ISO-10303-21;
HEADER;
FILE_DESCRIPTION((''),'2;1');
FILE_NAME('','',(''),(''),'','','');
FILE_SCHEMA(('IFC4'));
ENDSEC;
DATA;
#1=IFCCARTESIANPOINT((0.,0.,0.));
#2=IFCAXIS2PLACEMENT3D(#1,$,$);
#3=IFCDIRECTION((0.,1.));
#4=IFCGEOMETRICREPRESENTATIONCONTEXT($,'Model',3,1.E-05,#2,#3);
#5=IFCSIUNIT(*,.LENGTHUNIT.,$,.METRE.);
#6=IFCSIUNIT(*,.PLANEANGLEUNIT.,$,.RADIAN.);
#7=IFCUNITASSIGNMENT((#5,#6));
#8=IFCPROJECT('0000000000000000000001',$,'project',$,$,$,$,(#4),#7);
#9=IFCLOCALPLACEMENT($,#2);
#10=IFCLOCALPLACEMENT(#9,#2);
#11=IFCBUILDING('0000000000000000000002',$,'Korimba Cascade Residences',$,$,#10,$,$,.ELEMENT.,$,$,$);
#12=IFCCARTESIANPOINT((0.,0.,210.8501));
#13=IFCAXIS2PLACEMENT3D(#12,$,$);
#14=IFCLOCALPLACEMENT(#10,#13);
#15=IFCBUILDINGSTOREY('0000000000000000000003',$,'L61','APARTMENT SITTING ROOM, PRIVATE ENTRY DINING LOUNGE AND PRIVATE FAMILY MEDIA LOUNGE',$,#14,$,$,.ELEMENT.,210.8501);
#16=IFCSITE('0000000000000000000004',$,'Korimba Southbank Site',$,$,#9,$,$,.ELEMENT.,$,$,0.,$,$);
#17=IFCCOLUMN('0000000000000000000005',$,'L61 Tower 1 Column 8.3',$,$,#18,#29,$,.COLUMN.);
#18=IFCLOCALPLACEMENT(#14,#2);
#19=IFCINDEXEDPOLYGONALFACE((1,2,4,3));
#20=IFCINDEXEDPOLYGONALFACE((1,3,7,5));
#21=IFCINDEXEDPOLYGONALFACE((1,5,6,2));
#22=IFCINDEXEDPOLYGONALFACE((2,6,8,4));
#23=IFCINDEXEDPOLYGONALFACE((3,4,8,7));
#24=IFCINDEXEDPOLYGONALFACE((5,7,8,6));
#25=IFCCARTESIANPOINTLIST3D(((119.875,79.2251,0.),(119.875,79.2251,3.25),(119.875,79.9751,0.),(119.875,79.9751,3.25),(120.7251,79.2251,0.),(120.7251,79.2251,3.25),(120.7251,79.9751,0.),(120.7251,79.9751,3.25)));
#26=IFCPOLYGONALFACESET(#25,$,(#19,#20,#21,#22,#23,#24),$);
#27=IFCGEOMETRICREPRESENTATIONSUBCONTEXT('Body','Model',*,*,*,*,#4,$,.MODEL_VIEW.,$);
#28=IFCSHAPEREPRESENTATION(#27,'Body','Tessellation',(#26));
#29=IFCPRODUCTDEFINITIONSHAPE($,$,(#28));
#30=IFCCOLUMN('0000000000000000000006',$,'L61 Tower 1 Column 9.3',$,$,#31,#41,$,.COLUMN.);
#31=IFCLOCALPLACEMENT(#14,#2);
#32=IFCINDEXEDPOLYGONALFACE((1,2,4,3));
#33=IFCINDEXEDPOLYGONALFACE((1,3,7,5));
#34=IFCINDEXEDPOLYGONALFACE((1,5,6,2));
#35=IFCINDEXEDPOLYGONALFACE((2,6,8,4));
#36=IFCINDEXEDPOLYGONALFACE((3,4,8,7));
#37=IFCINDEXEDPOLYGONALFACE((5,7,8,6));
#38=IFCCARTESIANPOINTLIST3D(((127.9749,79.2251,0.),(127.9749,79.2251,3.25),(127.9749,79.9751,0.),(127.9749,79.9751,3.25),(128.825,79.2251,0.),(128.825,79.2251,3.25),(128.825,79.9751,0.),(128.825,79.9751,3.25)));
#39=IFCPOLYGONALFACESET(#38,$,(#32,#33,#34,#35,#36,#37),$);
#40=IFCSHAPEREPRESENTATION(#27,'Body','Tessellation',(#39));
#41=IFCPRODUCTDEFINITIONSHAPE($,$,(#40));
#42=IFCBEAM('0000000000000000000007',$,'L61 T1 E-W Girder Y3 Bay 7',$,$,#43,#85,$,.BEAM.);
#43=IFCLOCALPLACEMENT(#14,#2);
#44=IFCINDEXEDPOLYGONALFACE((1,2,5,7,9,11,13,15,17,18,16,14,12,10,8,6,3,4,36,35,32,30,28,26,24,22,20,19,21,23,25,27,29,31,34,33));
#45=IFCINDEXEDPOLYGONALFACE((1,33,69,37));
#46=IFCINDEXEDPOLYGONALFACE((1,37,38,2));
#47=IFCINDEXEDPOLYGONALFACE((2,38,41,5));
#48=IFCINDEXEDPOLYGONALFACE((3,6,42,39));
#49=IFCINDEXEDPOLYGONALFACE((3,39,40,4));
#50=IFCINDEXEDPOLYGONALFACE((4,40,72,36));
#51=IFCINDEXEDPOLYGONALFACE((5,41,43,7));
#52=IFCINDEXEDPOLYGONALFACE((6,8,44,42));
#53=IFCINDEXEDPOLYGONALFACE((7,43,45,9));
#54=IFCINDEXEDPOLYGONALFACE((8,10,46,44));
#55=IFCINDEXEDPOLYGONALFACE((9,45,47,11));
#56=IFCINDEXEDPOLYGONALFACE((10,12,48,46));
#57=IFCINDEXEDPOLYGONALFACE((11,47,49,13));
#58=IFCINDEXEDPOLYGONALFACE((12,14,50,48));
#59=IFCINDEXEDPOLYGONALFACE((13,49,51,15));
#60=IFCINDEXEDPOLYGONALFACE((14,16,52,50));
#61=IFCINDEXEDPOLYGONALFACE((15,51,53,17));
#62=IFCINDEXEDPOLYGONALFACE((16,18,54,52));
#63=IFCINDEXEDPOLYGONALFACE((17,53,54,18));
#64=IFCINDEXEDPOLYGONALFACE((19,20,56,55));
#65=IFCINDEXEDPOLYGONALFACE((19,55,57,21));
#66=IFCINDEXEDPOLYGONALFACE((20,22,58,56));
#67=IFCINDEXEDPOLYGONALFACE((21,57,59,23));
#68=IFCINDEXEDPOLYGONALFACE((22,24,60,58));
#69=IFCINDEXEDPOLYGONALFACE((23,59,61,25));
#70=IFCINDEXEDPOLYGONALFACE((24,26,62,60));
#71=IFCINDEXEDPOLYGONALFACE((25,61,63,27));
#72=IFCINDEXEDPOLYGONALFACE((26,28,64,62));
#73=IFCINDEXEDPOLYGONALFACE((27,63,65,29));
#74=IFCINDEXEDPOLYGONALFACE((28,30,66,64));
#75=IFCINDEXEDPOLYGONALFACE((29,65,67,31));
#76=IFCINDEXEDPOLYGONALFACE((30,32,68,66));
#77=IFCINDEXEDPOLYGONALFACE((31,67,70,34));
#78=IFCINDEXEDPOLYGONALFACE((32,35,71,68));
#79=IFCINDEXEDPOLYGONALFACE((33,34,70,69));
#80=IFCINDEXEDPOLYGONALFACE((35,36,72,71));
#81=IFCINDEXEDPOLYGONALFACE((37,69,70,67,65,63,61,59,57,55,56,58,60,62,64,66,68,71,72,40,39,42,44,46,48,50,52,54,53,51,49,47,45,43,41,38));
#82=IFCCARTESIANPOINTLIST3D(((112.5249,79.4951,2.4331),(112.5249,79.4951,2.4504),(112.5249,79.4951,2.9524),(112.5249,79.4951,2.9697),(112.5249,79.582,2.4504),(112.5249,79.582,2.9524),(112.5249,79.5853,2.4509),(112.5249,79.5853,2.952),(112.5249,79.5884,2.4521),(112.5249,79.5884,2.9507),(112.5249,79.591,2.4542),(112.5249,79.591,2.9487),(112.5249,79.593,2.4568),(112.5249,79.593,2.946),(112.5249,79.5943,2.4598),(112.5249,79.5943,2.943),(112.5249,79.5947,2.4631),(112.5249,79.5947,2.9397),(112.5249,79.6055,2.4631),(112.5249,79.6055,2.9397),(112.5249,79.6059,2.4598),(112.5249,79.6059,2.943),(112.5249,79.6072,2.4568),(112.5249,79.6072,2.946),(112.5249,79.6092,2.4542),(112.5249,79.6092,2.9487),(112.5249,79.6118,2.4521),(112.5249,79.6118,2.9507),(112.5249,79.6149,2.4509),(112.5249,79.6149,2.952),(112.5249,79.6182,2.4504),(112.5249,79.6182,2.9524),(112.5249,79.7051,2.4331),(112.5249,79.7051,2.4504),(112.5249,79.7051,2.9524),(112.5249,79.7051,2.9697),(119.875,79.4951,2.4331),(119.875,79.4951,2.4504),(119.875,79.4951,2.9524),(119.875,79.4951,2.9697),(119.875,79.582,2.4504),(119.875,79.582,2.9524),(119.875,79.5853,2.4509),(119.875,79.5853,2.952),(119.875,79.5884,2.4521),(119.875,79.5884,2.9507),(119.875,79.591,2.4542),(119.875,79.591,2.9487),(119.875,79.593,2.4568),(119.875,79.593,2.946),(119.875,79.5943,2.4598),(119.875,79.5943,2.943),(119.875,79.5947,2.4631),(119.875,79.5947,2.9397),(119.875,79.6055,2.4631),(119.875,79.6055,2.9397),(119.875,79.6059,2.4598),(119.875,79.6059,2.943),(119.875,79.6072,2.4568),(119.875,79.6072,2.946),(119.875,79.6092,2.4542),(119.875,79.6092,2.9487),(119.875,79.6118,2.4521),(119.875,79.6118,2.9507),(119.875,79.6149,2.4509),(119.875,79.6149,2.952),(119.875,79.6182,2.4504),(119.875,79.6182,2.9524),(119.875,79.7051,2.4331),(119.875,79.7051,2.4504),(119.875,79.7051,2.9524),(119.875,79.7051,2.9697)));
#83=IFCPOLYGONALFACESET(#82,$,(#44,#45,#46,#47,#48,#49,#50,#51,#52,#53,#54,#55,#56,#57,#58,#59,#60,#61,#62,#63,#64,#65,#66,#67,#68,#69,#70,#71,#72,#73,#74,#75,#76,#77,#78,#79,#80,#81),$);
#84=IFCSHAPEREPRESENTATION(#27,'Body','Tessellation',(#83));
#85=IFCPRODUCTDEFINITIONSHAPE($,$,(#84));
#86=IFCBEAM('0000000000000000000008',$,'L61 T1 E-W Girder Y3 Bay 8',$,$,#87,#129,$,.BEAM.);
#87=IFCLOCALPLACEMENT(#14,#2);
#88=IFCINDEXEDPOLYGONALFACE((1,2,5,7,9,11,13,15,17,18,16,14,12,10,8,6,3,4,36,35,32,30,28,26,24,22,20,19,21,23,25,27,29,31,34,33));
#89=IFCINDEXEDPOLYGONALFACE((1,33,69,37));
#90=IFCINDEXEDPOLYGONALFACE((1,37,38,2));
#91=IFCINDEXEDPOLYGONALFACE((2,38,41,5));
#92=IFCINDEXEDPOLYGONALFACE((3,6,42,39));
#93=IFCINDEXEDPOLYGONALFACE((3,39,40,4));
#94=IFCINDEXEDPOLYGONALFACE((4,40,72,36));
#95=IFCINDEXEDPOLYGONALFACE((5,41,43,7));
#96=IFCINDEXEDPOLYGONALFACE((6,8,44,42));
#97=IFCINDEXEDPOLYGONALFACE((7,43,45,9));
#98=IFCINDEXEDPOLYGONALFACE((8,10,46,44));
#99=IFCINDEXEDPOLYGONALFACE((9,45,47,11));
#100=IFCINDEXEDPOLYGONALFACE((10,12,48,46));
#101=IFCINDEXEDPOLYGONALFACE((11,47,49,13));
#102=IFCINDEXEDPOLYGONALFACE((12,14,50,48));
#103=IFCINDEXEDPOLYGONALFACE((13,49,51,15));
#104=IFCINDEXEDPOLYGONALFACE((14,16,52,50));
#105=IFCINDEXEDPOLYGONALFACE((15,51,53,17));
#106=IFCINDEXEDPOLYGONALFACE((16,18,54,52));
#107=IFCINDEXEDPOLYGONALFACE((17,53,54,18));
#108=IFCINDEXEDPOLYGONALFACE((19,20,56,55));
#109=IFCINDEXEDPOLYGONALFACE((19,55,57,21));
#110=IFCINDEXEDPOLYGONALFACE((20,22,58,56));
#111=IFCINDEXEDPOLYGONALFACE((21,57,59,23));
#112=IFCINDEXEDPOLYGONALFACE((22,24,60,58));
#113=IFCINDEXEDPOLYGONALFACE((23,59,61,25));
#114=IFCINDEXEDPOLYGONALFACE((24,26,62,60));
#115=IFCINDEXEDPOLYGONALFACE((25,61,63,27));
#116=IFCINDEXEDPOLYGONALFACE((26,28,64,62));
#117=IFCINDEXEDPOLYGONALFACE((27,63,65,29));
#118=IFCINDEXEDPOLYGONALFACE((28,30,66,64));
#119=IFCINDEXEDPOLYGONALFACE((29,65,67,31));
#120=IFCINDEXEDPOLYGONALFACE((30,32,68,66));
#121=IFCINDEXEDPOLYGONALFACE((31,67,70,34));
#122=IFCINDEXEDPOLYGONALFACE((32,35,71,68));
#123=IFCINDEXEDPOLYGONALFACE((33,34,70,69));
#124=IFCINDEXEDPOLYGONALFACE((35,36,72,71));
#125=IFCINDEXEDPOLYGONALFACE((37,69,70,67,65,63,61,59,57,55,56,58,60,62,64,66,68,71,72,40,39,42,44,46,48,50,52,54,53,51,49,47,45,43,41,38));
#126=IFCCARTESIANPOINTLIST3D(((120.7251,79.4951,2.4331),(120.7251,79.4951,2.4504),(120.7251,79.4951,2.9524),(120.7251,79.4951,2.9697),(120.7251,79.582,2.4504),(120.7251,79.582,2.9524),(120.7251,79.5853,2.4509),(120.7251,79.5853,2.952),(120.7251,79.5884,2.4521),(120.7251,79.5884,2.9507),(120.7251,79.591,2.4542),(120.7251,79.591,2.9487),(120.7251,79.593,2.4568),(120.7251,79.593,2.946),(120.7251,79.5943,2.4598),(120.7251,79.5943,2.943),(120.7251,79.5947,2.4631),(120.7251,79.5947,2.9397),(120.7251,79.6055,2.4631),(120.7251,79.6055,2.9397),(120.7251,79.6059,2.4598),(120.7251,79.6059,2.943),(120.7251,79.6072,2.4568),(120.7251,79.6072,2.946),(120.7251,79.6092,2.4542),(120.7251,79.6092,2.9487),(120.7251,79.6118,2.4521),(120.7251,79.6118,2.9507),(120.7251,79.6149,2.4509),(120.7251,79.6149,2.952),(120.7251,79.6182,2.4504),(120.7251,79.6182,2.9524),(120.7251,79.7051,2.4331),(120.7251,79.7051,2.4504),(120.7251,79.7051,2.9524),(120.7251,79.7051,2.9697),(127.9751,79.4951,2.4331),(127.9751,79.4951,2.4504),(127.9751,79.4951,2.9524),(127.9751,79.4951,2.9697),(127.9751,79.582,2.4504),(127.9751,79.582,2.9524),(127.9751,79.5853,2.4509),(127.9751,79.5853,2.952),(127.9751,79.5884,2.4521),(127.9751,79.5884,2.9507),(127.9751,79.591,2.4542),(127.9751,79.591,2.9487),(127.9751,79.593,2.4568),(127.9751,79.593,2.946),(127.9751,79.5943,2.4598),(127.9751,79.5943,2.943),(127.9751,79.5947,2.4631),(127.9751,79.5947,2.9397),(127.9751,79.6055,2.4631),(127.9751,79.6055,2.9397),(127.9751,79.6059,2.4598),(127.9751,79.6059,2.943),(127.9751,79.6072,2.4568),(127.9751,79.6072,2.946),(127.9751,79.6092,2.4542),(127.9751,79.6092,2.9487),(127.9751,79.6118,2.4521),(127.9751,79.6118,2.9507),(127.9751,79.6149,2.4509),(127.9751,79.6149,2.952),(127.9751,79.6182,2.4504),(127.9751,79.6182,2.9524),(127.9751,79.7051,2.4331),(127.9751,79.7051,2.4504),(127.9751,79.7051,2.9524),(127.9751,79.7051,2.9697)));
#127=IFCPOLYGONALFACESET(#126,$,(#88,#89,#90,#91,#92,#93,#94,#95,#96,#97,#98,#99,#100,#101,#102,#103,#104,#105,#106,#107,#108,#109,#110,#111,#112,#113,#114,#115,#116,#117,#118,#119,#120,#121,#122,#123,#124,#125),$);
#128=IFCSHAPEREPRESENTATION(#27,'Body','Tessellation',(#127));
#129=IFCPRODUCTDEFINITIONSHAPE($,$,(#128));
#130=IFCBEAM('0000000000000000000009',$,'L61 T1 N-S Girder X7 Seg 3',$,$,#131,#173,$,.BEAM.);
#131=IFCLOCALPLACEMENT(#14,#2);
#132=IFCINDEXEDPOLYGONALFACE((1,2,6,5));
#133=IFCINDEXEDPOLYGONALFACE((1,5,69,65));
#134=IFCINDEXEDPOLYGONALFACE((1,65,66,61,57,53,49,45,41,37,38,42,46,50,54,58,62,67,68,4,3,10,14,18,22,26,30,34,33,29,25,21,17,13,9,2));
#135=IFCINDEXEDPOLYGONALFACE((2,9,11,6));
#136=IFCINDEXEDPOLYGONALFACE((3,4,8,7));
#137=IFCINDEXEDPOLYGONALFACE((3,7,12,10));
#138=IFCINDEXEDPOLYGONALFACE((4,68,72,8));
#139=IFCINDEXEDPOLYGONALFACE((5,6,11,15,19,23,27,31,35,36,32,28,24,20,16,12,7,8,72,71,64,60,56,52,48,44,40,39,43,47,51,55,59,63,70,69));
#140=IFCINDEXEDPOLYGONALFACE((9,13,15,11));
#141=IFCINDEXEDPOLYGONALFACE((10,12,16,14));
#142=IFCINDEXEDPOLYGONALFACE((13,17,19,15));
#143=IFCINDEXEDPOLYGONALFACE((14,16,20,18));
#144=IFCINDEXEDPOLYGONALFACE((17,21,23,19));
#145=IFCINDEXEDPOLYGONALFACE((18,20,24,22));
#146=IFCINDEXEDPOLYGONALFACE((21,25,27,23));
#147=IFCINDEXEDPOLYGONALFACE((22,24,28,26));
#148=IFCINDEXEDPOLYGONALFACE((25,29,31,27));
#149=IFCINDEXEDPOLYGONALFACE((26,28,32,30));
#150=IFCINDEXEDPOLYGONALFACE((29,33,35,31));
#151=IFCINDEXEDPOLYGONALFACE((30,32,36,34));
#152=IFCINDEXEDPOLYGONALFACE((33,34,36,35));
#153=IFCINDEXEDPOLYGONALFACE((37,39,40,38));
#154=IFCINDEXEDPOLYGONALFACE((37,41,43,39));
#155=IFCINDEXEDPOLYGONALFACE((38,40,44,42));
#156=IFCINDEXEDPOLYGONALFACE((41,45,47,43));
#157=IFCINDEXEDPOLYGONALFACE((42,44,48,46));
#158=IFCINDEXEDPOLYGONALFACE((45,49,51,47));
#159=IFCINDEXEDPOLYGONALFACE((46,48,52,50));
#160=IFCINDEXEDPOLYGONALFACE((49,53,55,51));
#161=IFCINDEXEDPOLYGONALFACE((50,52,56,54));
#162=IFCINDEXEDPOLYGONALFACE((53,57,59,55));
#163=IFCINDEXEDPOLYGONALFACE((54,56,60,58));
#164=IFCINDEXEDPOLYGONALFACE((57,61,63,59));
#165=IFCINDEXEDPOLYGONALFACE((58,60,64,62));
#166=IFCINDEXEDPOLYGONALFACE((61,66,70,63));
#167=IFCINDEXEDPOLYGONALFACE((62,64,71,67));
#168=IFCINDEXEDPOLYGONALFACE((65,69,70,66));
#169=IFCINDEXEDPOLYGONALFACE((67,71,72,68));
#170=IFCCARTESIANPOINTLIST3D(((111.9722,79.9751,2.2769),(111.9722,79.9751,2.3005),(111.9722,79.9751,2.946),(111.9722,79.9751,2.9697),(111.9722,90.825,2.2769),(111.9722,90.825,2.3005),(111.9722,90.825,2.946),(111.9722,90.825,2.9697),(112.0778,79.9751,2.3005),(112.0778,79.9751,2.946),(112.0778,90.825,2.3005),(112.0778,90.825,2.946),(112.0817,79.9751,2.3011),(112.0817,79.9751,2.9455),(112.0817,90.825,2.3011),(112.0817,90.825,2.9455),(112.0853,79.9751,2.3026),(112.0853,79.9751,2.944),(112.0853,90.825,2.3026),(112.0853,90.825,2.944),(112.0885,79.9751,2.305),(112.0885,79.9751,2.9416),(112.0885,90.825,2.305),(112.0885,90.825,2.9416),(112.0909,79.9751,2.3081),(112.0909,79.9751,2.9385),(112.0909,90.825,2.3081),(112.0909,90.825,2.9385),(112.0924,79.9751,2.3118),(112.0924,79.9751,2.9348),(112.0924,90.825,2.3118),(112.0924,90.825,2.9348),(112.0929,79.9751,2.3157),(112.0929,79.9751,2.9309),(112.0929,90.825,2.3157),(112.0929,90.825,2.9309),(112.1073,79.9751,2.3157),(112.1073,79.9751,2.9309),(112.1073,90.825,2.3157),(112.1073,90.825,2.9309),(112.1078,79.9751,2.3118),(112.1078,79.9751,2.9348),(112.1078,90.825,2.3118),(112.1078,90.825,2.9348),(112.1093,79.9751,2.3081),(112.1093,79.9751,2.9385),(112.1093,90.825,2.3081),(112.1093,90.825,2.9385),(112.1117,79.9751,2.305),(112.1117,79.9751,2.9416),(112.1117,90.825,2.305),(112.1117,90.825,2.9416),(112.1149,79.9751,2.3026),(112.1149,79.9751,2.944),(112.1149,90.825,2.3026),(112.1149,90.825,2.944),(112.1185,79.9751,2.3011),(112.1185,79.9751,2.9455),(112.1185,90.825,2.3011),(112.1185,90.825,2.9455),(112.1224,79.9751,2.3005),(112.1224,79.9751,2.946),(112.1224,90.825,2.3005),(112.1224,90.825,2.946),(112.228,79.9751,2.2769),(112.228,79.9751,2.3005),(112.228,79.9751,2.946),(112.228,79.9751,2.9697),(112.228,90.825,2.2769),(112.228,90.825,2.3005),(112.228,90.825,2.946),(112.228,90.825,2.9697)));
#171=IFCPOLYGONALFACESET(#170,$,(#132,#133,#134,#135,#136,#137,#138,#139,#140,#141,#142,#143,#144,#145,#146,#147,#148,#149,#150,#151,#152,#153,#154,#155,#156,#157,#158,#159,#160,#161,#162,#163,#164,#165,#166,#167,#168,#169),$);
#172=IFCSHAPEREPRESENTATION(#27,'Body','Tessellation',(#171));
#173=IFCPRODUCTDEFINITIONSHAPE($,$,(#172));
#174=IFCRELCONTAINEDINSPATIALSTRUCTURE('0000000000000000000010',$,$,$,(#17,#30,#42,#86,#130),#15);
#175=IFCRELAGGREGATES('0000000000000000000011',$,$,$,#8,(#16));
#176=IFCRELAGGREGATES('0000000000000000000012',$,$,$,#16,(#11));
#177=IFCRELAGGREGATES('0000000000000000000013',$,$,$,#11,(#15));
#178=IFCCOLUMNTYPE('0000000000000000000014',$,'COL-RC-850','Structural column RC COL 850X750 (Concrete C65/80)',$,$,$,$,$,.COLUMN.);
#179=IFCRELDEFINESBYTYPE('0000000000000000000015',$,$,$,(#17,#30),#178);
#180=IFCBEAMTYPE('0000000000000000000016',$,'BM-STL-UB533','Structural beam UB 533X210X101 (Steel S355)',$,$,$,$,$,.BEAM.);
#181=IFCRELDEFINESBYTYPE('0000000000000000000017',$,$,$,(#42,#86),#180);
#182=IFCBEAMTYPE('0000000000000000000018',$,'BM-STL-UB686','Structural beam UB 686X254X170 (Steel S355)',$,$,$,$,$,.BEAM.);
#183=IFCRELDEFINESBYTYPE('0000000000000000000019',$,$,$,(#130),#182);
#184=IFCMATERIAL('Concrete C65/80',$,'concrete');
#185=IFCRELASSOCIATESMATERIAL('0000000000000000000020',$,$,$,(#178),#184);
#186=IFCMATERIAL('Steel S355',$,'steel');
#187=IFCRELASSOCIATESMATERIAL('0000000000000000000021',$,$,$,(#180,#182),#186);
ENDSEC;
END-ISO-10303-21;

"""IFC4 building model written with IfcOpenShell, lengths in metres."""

from ifc_helpers import new_model, si_unit, direction, frame, origin, origin_2d, place, context, subcontext, project, spatial, rectangle, i_section, extrude, material, material_profile, profile_set, type_object, element, save


model = new_model("IFC4")

# Units and contexts
model_context = context("Model", 3, precision=1e-05, world=origin(), true_north=direction((0.0, 1.0)))
body_context = subcontext(model_context, "Body", "Model", "MODEL_VIEW")
ifc_project = project(units=[si_unit("LENGTHUNIT", "METRE"), si_unit("PLANEANGLEUNIT", "RADIAN")], contexts=[model_context])

# Site, building, storey
site_placement = place(None, origin())
site = spatial("IfcSite", under=ifc_project, at=site_placement, Name="Korimba Southbank Site", CompositionType="ELEMENT", RefElevation=0.0)
building_placement = place(site_placement, origin())
building = spatial("IfcBuilding", under=site, at=building_placement, Name="Korimba Cascade Residences", CompositionType="ELEMENT")
storey_placement = place(building_placement, frame((0.0, 0.0, 210.8501)))
storey = spatial("IfcBuildingStorey", under=building, at=storey_placement, Name="L61", Description="APARTMENT SITTING ROOM, PRIVATE ENTRY DINING LOUNGE AND PRIVATE FAMILY MEDIA LOUNGE", CompositionType="ELEMENT", Elevation=210.8501)

# Columns
ifc_material_1 = material(Name="Concrete C65/80", Category="concrete")
ifc_material_profile_1 = material_profile(ifc_material_1, rectangle(XDim=0.8501, YDim=0.75, at=origin_2d()), Name="Concrete C65/80")
ifc_profile_set_1 = profile_set([ifc_material_profile_1], Name="Concrete C65/80")
column_type = type_object("IfcColumnType", Name="COL-RC-850", Description="Structural column RC COL 850X750 (Concrete C65/80)", PredefinedType="COLUMN", material=ifc_profile_set_1)
for number, where, z_axis, x_axis, name in (
    (1, (120.3, 79.6001, 0.0), (0.0, 0.0, 1.0), (1.0, 0.0, 0.0), "L61 Tower 1 Column 8.3"),
    (2, (128.3999, 79.6001, 0.0), (0.0, 0.0, 1.0), (1.0, 0.0, 0.0), "L61 Tower 1 Column 9.3"),
):
    element("IfcColumn", number, at=place(storey_placement, frame(where, z_axis=z_axis, x_axis=x_axis)), inside=storey, type_object=column_type, Name=name, PredefinedType="COLUMN", context=body_context, shape_type="SweptSolid", body=[
        extrude(rectangle(XDim=0.8501, YDim=0.75, at=origin_2d()), origin(), (0.0, 0.0, 1.0), 3.25),
    ])

# Beams
ifc_material_2 = material(Name="Steel S355", Category="steel")
ifc_material_profile_2 = material_profile(ifc_material_2, i_section(OverallWidth=0.21, OverallDepth=0.5366, WebThickness=0.0107, FlangeThickness=0.0173, FilletRadius=0.0127, at=origin_2d()), Name="Steel S355")
ifc_profile_set_2 = profile_set([ifc_material_profile_2], Name="Steel S355")
beam_type_1 = type_object("IfcBeamType", Name="BM-STL-UB533", Description="Structural beam UB 533X210X101 (Steel S355)", PredefinedType="BEAM", material=ifc_profile_set_2)
beam_1_placement = place(storey_placement, frame((112.5249, 79.6001, 2.7014), z_axis=(1.0, 0.0, 0.0), x_axis=(0.0, 1.0, 0.0)))
element("IfcBeam", 3, at=beam_1_placement, inside=storey, type_object=beam_type_1, Name="L61 T1 E-W Girder Y3 Bay 7", PredefinedType="BEAM", context=body_context, shape_type="SweptSolid", body=[
    extrude(i_section(OverallWidth=0.21, OverallDepth=0.5366, WebThickness=0.0107, FlangeThickness=0.0173, FilletRadius=0.0127, at=origin_2d()), origin(), (0.0, 0.0, 1.0), 7.3501),
])
beam_2_placement = place(storey_placement, frame((120.7251, 79.6001, 2.7014), z_axis=(1.0, 0.0, 0.0), x_axis=(0.0, 1.0, 0.0)))
element("IfcBeam", 4, at=beam_2_placement, inside=storey, type_object=beam_type_1, Name="L61 T1 E-W Girder Y3 Bay 8", PredefinedType="BEAM", context=body_context, shape_type="SweptSolid", body=[
    extrude(i_section(OverallWidth=0.21, OverallDepth=0.5366, WebThickness=0.0107, FlangeThickness=0.0173, FilletRadius=0.0127, at=origin_2d()), origin(), (0.0, 0.0, 1.0), 7.25),
])
ifc_material_profile_3 = material_profile(ifc_material_2, i_section(OverallWidth=0.2559, OverallDepth=0.6929, WebThickness=0.0144, FlangeThickness=0.0237, FilletRadius=0.0151, at=origin_2d()), Name="Steel S355")
ifc_profile_set_3 = profile_set([ifc_material_profile_3], Name="Steel S355")
beam_type_2 = type_object("IfcBeamType", Name="BM-STL-UB686", Description="Structural beam UB 686X254X170 (Steel S355)", PredefinedType="BEAM", material=ifc_profile_set_3)
for number, where, z_axis, x_axis, name in (
    (5, (112.1001, 79.9751, 2.6233), (0.0, 1.0, 0.0), (-1.0, 0.0, 0.0), "L61 T1 N-S Girder X7 Seg 3"),
):
    element("IfcBeam", number, at=place(storey_placement, frame(where, z_axis=z_axis, x_axis=x_axis)), inside=storey, type_object=beam_type_2, Name=name, PredefinedType="BEAM", context=body_context, shape_type="SweptSolid", body=[
        extrude(i_section(OverallWidth=0.2559, OverallDepth=0.6929, WebThickness=0.0144, FlangeThickness=0.0237, FilletRadius=0.0151, at=origin_2d()), origin(), (0.0, 0.0, 1.0), 10.8499),
    ])

save(model, "model.ifc")
